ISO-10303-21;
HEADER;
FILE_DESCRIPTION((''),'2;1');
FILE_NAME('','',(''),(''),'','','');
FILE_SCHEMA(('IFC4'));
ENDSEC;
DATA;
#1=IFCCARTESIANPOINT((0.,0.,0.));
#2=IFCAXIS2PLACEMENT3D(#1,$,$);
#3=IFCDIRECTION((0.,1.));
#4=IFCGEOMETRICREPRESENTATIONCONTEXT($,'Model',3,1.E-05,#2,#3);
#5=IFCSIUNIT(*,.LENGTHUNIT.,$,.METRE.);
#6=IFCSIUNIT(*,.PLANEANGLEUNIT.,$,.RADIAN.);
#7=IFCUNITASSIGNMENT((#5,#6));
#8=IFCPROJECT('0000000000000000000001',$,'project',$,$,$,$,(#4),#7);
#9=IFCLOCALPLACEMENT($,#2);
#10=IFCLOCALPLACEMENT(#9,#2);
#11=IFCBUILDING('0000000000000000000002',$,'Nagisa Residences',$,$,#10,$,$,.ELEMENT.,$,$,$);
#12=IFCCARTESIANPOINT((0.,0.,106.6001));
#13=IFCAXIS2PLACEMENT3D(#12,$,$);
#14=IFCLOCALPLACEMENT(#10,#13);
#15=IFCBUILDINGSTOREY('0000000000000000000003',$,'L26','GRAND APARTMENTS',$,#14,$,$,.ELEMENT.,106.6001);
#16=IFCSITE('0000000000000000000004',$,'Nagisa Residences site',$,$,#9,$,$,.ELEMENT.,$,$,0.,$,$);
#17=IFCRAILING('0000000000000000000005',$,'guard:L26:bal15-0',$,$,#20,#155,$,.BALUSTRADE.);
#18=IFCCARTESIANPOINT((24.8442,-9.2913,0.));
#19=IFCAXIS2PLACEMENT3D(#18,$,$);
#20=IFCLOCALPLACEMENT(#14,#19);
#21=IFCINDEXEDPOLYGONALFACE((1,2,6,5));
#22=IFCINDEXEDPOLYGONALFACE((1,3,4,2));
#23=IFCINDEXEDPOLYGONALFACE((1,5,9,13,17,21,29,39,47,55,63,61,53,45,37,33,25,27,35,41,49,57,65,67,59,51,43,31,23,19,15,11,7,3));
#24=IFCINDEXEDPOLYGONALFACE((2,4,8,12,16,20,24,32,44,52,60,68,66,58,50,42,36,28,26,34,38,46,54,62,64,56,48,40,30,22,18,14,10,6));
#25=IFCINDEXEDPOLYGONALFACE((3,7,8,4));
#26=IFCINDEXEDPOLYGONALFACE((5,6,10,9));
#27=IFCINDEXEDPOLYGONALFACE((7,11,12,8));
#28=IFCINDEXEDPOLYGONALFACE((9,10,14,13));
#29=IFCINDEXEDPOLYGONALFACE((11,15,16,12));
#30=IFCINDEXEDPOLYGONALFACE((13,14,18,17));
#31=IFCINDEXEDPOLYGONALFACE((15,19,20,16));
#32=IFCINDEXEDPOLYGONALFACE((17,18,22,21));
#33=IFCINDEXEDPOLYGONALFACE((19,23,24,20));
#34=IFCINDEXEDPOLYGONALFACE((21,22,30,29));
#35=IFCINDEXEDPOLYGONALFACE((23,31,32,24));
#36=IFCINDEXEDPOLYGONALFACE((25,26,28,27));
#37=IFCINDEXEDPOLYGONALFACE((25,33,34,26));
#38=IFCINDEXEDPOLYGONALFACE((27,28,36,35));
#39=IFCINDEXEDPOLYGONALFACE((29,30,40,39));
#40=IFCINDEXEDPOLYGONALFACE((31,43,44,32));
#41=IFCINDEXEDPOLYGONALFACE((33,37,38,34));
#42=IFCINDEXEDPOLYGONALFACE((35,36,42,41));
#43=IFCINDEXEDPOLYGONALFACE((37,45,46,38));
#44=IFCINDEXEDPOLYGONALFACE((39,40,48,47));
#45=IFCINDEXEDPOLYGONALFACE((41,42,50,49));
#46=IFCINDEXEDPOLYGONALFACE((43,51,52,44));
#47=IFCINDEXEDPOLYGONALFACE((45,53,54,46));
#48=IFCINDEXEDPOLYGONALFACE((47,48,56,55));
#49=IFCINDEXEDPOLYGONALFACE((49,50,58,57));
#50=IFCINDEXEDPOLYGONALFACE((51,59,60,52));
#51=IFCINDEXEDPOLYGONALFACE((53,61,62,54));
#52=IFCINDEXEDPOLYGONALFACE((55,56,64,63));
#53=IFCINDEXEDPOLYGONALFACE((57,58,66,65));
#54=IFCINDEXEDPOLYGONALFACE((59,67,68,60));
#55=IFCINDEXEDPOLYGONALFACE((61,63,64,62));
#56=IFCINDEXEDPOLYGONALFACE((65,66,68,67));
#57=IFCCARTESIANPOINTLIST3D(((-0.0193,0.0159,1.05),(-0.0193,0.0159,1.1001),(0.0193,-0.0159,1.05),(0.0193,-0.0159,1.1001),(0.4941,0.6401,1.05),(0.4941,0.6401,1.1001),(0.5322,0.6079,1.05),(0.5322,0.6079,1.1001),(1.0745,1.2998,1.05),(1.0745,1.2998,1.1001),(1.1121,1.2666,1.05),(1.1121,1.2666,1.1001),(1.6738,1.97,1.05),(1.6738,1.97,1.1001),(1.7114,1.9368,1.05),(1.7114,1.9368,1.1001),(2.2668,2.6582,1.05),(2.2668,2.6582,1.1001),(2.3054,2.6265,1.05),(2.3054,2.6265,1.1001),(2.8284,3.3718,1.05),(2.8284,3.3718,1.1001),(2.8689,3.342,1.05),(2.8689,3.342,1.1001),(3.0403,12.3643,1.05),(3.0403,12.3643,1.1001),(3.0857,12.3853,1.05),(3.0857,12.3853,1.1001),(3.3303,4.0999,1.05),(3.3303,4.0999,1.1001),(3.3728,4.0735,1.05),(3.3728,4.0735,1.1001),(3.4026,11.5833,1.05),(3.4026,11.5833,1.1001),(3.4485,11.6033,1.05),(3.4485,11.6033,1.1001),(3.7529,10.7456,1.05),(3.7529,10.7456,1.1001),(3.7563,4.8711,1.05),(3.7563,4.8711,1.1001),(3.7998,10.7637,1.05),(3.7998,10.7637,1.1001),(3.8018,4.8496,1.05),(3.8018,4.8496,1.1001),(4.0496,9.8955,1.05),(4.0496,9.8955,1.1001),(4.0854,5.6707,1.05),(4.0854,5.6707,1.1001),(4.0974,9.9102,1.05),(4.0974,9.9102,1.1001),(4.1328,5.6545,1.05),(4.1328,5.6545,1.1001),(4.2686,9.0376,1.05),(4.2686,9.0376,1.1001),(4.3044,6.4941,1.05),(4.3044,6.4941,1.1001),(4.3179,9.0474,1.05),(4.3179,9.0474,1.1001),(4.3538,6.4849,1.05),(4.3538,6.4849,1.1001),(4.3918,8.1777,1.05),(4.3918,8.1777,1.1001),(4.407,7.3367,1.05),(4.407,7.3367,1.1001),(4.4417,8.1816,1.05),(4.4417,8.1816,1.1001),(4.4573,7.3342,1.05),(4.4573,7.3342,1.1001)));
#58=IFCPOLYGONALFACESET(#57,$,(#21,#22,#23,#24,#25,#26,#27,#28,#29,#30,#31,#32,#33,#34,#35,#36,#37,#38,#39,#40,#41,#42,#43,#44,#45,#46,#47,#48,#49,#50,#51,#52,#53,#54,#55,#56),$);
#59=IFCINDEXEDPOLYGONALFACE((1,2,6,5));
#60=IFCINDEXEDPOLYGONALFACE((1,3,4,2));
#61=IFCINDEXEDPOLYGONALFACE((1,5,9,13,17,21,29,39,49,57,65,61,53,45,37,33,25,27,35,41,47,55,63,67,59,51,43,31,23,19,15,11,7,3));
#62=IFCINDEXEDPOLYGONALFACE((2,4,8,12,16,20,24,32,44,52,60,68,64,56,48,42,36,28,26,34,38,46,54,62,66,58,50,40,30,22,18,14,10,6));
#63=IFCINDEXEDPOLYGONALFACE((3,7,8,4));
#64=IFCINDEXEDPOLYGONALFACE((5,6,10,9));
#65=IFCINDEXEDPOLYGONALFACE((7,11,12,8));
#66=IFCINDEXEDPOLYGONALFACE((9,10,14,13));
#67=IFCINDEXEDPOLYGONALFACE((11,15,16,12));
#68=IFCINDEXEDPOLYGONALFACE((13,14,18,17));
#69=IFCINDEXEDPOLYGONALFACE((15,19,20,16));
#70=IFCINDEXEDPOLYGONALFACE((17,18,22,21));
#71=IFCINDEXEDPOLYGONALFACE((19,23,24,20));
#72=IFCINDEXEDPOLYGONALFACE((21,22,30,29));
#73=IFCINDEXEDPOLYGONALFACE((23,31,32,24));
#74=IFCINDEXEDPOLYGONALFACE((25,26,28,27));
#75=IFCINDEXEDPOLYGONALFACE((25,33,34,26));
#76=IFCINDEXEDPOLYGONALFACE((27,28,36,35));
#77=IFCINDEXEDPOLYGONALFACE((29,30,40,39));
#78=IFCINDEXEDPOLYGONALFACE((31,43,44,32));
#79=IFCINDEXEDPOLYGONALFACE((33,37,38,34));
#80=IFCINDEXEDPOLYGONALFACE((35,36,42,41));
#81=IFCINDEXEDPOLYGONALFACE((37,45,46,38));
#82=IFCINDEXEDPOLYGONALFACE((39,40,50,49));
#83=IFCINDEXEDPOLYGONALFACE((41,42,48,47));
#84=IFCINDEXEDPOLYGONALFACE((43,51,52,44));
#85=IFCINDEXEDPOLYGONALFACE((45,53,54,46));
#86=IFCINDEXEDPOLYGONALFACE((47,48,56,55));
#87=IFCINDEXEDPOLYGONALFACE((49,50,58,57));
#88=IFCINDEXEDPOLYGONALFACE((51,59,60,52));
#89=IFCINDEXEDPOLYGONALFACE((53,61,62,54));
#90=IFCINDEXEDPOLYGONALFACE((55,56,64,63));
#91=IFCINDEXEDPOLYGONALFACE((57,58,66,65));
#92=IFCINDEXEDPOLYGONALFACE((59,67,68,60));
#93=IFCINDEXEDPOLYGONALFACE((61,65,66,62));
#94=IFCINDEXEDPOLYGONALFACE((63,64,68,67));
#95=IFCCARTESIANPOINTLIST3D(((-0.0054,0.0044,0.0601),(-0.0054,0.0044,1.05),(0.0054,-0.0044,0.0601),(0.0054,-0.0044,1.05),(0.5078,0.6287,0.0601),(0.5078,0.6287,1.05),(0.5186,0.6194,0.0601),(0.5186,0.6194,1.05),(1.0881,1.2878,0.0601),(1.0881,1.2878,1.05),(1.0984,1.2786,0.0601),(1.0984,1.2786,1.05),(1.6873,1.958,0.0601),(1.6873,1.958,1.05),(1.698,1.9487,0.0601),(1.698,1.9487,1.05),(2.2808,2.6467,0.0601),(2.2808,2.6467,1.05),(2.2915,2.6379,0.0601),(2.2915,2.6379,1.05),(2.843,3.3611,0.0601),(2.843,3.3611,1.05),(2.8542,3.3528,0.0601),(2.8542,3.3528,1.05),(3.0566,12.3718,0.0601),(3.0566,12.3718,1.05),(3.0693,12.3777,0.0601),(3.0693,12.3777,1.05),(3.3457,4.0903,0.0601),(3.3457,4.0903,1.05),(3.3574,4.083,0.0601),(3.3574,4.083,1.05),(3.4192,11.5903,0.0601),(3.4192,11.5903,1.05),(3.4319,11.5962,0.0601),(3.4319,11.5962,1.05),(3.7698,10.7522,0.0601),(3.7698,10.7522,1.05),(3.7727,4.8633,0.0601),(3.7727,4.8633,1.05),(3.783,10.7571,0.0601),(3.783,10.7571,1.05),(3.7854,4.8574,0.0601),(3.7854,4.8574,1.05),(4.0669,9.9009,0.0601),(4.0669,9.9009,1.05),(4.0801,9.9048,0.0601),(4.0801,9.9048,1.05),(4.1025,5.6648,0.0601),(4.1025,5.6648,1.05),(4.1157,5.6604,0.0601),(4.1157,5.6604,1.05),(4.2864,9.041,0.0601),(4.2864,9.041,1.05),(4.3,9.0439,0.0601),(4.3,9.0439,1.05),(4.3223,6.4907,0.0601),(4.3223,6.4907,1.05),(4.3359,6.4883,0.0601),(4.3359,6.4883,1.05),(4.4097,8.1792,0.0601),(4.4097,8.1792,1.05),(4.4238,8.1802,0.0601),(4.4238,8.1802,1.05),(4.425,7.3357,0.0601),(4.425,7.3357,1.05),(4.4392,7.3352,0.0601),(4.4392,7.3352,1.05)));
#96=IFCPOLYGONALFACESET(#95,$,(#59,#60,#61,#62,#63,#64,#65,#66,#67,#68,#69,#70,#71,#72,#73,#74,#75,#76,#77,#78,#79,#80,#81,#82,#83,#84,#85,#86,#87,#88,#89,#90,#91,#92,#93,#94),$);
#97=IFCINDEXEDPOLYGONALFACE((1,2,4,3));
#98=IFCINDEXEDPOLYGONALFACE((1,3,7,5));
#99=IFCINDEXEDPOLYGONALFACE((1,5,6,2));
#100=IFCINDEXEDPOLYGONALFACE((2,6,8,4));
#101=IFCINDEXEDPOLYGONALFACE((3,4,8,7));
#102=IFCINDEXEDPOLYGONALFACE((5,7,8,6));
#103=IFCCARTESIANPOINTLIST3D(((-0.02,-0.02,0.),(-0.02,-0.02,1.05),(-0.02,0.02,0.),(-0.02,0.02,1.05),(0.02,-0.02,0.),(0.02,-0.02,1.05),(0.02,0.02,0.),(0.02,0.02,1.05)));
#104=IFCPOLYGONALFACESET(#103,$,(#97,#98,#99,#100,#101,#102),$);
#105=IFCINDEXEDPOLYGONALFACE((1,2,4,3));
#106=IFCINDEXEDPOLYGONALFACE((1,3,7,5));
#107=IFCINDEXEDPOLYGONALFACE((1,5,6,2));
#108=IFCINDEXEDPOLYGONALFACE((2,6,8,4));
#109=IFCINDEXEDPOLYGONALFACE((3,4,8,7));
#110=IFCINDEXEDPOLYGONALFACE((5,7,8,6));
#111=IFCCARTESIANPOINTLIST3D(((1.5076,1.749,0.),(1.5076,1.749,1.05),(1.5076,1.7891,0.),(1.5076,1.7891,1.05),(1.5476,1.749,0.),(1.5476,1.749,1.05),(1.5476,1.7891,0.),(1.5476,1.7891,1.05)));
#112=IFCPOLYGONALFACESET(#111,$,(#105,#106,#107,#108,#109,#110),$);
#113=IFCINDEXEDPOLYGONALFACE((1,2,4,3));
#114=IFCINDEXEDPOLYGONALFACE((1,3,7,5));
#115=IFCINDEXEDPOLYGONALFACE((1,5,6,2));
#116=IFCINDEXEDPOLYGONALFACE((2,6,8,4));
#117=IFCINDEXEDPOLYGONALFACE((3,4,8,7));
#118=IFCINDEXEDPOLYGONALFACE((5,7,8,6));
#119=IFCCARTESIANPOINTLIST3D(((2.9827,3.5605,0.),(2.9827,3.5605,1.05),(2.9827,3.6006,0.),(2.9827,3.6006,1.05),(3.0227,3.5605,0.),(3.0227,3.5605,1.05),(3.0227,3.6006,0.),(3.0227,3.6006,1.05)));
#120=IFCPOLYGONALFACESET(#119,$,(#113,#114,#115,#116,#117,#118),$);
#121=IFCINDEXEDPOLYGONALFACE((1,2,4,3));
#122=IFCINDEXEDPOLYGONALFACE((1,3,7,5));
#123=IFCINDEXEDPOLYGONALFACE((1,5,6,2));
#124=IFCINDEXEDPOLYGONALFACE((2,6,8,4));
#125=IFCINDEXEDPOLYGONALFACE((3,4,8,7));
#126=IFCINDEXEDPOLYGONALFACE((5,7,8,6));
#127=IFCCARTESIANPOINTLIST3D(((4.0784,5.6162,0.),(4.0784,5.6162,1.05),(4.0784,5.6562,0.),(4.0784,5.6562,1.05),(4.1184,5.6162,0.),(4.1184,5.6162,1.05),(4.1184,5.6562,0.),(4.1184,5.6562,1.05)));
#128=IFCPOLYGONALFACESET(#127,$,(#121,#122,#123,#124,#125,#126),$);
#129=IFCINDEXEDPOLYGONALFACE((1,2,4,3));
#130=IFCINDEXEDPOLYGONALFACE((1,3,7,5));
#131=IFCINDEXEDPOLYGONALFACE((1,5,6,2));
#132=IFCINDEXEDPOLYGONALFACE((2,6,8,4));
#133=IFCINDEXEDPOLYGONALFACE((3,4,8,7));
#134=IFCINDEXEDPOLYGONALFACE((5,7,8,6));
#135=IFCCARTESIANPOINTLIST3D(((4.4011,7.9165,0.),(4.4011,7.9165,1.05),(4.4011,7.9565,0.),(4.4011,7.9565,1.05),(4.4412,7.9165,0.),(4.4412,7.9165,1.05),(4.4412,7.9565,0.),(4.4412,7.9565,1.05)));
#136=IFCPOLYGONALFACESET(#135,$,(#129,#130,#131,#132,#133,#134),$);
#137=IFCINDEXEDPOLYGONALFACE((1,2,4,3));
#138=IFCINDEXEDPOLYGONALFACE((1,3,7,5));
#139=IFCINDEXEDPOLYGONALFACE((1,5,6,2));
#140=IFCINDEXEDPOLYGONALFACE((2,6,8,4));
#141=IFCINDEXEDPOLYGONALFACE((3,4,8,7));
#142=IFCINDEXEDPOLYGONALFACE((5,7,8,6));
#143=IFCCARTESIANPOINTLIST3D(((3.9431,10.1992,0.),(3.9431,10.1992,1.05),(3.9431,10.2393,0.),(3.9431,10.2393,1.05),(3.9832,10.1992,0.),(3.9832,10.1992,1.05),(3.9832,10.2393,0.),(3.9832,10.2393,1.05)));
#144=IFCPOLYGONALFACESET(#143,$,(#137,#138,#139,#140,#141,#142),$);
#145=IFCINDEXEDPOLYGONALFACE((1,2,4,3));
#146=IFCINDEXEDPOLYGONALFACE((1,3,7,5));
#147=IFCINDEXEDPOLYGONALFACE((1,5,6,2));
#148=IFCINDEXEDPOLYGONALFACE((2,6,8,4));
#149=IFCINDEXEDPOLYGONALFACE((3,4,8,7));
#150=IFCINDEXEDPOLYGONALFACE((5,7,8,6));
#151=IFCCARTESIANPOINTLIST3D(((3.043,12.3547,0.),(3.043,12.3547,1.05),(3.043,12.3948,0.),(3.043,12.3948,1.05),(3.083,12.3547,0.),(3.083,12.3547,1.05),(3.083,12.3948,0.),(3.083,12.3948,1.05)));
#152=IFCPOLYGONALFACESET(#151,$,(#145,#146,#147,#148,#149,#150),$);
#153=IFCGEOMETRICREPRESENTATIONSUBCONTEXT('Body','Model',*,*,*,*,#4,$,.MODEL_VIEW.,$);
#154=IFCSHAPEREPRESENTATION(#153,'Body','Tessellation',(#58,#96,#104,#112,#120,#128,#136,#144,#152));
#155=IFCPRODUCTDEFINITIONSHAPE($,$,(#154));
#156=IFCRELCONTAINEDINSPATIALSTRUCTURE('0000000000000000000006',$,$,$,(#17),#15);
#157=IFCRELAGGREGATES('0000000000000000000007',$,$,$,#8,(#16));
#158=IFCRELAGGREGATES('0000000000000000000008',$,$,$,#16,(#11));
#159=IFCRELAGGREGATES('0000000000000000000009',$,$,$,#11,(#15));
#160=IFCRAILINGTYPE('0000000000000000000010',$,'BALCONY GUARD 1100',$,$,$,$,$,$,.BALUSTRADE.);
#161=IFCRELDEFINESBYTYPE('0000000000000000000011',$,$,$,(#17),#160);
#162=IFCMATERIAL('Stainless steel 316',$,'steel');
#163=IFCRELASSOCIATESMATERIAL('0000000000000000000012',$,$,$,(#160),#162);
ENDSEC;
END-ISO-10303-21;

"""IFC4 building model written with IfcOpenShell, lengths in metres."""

from ifc_helpers import new_model, si_unit, direction, frame, origin, origin_2d, place, context, subcontext, project, spatial, polyline, rectangle, outline, extrude, material, type_object, element, save


model = new_model("IFC4")

# Units and contexts
model_context = context("Model", 3, precision=1e-05, world=origin(), true_north=direction((0.0, 1.0)))
body_context = subcontext(model_context, "Body", "Model", "MODEL_VIEW")
ifc_project = project(units=[si_unit("LENGTHUNIT", "METRE"), si_unit("PLANEANGLEUNIT", "RADIAN")], contexts=[model_context])

# Site, building, storey
site_placement = place(None, origin())
site = spatial("IfcSite", under=ifc_project, at=site_placement, Name="Nagisa Residences site", CompositionType="ELEMENT", RefElevation=0.0)
building_placement = place(site_placement, origin())
building = spatial("IfcBuilding", under=site, at=building_placement, Name="Nagisa Residences", CompositionType="ELEMENT")
storey_placement = place(building_placement, frame((0.0, 0.0, 106.6001)))
storey = spatial("IfcBuildingStorey", under=building, at=storey_placement, Name="L26", Description="GRAND APARTMENTS", CompositionType="ELEMENT", Elevation=106.6001)

# Railing
ifc_material_1 = material(Name="Stainless steel 316", Category="steel")
railing_type_1 = type_object("IfcRailingType", Name="BALCONY GUARD 1100", PredefinedType="BALUSTRADE", material=ifc_material_1)
railing_1_placement = place(storey_placement, frame((24.8442, -9.2913, 0.0)))
element("IfcRailing", 1, at=railing_1_placement, inside=storey, type_object=railing_type_1, Name="guard:L26:bal15-0", PredefinedType="BALUSTRADE", context=body_context, shape_type="SweptSolid", body=[
    extrude(outline(polyline([(0.4941, 0.6401), (-0.0193, 0.0159), (0.0193, -0.0159), (0.5322, 0.6079), (1.1121, 1.2666), (1.7114, 1.9368), (2.3054, 2.6265), (2.8689, 3.342), (3.3728, 4.0735), (3.8018, 4.8496), (4.1328, 5.6545), (4.3538, 6.4849), (4.4573, 7.3342), (4.4417, 8.1816), (4.3179, 9.0474), (4.0974, 9.9102), (3.7998, 10.7637), (3.4485, 11.6033), (3.0857, 12.3853), (3.0403, 12.3643), (3.4026, 11.5833), (3.7529, 10.7456), (4.0496, 9.8955), (4.2686, 9.0376), (4.3918, 8.1777), (4.407, 7.3367), (4.3044, 6.4941), (4.0854, 5.6707), (3.7563, 4.8711), (3.3303, 4.0999), (2.8284, 3.3718), (2.2668, 2.6582), (1.6738, 1.97), (1.0745, 1.2998), (0.4941, 0.6401)])), frame((0.0, 0.0, 1.05)), (0.0, 0.0, 1.0), 0.05),
    extrude(outline(polyline([(0.5078, 0.6287), (-0.0054, 0.0044), (0.0054, -0.0044), (0.5186, 0.6194), (1.0984, 1.2786), (1.698, 1.9487), (2.2915, 2.6379), (2.8542, 3.3528), (3.3574, 4.083), (3.7854, 4.8574), (4.1157, 5.6604), (4.3359, 6.4883), (4.4392, 7.3352), (4.4238, 8.1802), (4.3, 9.0439), (4.0801, 9.9048), (3.783, 10.7571), (3.4319, 11.5962), (3.0693, 12.3777), (3.0566, 12.3718), (3.4192, 11.5903), (3.7698, 10.7522), (4.0669, 9.9009), (4.2864, 9.041), (4.4097, 8.1792), (4.425, 7.3357), (4.3223, 6.4907), (4.1025, 5.6648), (3.7727, 4.8633), (3.3457, 4.0903), (2.843, 3.3611), (2.2808, 2.6467), (1.6873, 1.958), (1.0881, 1.2878), (0.5078, 0.6287)])), frame((0.0, 0.0, 0.0601)), (0.0, 0.0, 1.0), 0.99),
    extrude(rectangle(XDim=0.04, YDim=0.04, at=origin_2d()), origin(), (0.0, 0.0, 1.0), 1.05),
    extrude(rectangle(XDim=0.04, YDim=0.04, at=origin_2d()), frame((1.5276, 1.769, 0.0)), (0.0, 0.0, 1.0), 1.05),
    extrude(rectangle(XDim=0.04, YDim=0.04, at=origin_2d()), frame((3.0027, 3.5806, 0.0)), (0.0, 0.0, 1.0), 1.05),
    extrude(rectangle(XDim=0.04, YDim=0.04, at=origin_2d()), frame((4.0984, 5.6362, 0.0)), (0.0, 0.0, 1.0), 1.05),
    extrude(rectangle(XDim=0.04, YDim=0.04, at=origin_2d()), frame((4.4211, 7.9365, 0.0)), (0.0, 0.0, 1.0), 1.05),
    extrude(rectangle(XDim=0.04, YDim=0.04, at=origin_2d()), frame((3.9631, 10.2192, 0.0)), (0.0, 0.0, 1.0), 1.05),
    extrude(rectangle(XDim=0.04, YDim=0.04, at=origin_2d()), frame((3.063, 12.3748, 0.0)), (0.0, 0.0, 1.0), 1.05),
])

save(model, "model.ifc")
